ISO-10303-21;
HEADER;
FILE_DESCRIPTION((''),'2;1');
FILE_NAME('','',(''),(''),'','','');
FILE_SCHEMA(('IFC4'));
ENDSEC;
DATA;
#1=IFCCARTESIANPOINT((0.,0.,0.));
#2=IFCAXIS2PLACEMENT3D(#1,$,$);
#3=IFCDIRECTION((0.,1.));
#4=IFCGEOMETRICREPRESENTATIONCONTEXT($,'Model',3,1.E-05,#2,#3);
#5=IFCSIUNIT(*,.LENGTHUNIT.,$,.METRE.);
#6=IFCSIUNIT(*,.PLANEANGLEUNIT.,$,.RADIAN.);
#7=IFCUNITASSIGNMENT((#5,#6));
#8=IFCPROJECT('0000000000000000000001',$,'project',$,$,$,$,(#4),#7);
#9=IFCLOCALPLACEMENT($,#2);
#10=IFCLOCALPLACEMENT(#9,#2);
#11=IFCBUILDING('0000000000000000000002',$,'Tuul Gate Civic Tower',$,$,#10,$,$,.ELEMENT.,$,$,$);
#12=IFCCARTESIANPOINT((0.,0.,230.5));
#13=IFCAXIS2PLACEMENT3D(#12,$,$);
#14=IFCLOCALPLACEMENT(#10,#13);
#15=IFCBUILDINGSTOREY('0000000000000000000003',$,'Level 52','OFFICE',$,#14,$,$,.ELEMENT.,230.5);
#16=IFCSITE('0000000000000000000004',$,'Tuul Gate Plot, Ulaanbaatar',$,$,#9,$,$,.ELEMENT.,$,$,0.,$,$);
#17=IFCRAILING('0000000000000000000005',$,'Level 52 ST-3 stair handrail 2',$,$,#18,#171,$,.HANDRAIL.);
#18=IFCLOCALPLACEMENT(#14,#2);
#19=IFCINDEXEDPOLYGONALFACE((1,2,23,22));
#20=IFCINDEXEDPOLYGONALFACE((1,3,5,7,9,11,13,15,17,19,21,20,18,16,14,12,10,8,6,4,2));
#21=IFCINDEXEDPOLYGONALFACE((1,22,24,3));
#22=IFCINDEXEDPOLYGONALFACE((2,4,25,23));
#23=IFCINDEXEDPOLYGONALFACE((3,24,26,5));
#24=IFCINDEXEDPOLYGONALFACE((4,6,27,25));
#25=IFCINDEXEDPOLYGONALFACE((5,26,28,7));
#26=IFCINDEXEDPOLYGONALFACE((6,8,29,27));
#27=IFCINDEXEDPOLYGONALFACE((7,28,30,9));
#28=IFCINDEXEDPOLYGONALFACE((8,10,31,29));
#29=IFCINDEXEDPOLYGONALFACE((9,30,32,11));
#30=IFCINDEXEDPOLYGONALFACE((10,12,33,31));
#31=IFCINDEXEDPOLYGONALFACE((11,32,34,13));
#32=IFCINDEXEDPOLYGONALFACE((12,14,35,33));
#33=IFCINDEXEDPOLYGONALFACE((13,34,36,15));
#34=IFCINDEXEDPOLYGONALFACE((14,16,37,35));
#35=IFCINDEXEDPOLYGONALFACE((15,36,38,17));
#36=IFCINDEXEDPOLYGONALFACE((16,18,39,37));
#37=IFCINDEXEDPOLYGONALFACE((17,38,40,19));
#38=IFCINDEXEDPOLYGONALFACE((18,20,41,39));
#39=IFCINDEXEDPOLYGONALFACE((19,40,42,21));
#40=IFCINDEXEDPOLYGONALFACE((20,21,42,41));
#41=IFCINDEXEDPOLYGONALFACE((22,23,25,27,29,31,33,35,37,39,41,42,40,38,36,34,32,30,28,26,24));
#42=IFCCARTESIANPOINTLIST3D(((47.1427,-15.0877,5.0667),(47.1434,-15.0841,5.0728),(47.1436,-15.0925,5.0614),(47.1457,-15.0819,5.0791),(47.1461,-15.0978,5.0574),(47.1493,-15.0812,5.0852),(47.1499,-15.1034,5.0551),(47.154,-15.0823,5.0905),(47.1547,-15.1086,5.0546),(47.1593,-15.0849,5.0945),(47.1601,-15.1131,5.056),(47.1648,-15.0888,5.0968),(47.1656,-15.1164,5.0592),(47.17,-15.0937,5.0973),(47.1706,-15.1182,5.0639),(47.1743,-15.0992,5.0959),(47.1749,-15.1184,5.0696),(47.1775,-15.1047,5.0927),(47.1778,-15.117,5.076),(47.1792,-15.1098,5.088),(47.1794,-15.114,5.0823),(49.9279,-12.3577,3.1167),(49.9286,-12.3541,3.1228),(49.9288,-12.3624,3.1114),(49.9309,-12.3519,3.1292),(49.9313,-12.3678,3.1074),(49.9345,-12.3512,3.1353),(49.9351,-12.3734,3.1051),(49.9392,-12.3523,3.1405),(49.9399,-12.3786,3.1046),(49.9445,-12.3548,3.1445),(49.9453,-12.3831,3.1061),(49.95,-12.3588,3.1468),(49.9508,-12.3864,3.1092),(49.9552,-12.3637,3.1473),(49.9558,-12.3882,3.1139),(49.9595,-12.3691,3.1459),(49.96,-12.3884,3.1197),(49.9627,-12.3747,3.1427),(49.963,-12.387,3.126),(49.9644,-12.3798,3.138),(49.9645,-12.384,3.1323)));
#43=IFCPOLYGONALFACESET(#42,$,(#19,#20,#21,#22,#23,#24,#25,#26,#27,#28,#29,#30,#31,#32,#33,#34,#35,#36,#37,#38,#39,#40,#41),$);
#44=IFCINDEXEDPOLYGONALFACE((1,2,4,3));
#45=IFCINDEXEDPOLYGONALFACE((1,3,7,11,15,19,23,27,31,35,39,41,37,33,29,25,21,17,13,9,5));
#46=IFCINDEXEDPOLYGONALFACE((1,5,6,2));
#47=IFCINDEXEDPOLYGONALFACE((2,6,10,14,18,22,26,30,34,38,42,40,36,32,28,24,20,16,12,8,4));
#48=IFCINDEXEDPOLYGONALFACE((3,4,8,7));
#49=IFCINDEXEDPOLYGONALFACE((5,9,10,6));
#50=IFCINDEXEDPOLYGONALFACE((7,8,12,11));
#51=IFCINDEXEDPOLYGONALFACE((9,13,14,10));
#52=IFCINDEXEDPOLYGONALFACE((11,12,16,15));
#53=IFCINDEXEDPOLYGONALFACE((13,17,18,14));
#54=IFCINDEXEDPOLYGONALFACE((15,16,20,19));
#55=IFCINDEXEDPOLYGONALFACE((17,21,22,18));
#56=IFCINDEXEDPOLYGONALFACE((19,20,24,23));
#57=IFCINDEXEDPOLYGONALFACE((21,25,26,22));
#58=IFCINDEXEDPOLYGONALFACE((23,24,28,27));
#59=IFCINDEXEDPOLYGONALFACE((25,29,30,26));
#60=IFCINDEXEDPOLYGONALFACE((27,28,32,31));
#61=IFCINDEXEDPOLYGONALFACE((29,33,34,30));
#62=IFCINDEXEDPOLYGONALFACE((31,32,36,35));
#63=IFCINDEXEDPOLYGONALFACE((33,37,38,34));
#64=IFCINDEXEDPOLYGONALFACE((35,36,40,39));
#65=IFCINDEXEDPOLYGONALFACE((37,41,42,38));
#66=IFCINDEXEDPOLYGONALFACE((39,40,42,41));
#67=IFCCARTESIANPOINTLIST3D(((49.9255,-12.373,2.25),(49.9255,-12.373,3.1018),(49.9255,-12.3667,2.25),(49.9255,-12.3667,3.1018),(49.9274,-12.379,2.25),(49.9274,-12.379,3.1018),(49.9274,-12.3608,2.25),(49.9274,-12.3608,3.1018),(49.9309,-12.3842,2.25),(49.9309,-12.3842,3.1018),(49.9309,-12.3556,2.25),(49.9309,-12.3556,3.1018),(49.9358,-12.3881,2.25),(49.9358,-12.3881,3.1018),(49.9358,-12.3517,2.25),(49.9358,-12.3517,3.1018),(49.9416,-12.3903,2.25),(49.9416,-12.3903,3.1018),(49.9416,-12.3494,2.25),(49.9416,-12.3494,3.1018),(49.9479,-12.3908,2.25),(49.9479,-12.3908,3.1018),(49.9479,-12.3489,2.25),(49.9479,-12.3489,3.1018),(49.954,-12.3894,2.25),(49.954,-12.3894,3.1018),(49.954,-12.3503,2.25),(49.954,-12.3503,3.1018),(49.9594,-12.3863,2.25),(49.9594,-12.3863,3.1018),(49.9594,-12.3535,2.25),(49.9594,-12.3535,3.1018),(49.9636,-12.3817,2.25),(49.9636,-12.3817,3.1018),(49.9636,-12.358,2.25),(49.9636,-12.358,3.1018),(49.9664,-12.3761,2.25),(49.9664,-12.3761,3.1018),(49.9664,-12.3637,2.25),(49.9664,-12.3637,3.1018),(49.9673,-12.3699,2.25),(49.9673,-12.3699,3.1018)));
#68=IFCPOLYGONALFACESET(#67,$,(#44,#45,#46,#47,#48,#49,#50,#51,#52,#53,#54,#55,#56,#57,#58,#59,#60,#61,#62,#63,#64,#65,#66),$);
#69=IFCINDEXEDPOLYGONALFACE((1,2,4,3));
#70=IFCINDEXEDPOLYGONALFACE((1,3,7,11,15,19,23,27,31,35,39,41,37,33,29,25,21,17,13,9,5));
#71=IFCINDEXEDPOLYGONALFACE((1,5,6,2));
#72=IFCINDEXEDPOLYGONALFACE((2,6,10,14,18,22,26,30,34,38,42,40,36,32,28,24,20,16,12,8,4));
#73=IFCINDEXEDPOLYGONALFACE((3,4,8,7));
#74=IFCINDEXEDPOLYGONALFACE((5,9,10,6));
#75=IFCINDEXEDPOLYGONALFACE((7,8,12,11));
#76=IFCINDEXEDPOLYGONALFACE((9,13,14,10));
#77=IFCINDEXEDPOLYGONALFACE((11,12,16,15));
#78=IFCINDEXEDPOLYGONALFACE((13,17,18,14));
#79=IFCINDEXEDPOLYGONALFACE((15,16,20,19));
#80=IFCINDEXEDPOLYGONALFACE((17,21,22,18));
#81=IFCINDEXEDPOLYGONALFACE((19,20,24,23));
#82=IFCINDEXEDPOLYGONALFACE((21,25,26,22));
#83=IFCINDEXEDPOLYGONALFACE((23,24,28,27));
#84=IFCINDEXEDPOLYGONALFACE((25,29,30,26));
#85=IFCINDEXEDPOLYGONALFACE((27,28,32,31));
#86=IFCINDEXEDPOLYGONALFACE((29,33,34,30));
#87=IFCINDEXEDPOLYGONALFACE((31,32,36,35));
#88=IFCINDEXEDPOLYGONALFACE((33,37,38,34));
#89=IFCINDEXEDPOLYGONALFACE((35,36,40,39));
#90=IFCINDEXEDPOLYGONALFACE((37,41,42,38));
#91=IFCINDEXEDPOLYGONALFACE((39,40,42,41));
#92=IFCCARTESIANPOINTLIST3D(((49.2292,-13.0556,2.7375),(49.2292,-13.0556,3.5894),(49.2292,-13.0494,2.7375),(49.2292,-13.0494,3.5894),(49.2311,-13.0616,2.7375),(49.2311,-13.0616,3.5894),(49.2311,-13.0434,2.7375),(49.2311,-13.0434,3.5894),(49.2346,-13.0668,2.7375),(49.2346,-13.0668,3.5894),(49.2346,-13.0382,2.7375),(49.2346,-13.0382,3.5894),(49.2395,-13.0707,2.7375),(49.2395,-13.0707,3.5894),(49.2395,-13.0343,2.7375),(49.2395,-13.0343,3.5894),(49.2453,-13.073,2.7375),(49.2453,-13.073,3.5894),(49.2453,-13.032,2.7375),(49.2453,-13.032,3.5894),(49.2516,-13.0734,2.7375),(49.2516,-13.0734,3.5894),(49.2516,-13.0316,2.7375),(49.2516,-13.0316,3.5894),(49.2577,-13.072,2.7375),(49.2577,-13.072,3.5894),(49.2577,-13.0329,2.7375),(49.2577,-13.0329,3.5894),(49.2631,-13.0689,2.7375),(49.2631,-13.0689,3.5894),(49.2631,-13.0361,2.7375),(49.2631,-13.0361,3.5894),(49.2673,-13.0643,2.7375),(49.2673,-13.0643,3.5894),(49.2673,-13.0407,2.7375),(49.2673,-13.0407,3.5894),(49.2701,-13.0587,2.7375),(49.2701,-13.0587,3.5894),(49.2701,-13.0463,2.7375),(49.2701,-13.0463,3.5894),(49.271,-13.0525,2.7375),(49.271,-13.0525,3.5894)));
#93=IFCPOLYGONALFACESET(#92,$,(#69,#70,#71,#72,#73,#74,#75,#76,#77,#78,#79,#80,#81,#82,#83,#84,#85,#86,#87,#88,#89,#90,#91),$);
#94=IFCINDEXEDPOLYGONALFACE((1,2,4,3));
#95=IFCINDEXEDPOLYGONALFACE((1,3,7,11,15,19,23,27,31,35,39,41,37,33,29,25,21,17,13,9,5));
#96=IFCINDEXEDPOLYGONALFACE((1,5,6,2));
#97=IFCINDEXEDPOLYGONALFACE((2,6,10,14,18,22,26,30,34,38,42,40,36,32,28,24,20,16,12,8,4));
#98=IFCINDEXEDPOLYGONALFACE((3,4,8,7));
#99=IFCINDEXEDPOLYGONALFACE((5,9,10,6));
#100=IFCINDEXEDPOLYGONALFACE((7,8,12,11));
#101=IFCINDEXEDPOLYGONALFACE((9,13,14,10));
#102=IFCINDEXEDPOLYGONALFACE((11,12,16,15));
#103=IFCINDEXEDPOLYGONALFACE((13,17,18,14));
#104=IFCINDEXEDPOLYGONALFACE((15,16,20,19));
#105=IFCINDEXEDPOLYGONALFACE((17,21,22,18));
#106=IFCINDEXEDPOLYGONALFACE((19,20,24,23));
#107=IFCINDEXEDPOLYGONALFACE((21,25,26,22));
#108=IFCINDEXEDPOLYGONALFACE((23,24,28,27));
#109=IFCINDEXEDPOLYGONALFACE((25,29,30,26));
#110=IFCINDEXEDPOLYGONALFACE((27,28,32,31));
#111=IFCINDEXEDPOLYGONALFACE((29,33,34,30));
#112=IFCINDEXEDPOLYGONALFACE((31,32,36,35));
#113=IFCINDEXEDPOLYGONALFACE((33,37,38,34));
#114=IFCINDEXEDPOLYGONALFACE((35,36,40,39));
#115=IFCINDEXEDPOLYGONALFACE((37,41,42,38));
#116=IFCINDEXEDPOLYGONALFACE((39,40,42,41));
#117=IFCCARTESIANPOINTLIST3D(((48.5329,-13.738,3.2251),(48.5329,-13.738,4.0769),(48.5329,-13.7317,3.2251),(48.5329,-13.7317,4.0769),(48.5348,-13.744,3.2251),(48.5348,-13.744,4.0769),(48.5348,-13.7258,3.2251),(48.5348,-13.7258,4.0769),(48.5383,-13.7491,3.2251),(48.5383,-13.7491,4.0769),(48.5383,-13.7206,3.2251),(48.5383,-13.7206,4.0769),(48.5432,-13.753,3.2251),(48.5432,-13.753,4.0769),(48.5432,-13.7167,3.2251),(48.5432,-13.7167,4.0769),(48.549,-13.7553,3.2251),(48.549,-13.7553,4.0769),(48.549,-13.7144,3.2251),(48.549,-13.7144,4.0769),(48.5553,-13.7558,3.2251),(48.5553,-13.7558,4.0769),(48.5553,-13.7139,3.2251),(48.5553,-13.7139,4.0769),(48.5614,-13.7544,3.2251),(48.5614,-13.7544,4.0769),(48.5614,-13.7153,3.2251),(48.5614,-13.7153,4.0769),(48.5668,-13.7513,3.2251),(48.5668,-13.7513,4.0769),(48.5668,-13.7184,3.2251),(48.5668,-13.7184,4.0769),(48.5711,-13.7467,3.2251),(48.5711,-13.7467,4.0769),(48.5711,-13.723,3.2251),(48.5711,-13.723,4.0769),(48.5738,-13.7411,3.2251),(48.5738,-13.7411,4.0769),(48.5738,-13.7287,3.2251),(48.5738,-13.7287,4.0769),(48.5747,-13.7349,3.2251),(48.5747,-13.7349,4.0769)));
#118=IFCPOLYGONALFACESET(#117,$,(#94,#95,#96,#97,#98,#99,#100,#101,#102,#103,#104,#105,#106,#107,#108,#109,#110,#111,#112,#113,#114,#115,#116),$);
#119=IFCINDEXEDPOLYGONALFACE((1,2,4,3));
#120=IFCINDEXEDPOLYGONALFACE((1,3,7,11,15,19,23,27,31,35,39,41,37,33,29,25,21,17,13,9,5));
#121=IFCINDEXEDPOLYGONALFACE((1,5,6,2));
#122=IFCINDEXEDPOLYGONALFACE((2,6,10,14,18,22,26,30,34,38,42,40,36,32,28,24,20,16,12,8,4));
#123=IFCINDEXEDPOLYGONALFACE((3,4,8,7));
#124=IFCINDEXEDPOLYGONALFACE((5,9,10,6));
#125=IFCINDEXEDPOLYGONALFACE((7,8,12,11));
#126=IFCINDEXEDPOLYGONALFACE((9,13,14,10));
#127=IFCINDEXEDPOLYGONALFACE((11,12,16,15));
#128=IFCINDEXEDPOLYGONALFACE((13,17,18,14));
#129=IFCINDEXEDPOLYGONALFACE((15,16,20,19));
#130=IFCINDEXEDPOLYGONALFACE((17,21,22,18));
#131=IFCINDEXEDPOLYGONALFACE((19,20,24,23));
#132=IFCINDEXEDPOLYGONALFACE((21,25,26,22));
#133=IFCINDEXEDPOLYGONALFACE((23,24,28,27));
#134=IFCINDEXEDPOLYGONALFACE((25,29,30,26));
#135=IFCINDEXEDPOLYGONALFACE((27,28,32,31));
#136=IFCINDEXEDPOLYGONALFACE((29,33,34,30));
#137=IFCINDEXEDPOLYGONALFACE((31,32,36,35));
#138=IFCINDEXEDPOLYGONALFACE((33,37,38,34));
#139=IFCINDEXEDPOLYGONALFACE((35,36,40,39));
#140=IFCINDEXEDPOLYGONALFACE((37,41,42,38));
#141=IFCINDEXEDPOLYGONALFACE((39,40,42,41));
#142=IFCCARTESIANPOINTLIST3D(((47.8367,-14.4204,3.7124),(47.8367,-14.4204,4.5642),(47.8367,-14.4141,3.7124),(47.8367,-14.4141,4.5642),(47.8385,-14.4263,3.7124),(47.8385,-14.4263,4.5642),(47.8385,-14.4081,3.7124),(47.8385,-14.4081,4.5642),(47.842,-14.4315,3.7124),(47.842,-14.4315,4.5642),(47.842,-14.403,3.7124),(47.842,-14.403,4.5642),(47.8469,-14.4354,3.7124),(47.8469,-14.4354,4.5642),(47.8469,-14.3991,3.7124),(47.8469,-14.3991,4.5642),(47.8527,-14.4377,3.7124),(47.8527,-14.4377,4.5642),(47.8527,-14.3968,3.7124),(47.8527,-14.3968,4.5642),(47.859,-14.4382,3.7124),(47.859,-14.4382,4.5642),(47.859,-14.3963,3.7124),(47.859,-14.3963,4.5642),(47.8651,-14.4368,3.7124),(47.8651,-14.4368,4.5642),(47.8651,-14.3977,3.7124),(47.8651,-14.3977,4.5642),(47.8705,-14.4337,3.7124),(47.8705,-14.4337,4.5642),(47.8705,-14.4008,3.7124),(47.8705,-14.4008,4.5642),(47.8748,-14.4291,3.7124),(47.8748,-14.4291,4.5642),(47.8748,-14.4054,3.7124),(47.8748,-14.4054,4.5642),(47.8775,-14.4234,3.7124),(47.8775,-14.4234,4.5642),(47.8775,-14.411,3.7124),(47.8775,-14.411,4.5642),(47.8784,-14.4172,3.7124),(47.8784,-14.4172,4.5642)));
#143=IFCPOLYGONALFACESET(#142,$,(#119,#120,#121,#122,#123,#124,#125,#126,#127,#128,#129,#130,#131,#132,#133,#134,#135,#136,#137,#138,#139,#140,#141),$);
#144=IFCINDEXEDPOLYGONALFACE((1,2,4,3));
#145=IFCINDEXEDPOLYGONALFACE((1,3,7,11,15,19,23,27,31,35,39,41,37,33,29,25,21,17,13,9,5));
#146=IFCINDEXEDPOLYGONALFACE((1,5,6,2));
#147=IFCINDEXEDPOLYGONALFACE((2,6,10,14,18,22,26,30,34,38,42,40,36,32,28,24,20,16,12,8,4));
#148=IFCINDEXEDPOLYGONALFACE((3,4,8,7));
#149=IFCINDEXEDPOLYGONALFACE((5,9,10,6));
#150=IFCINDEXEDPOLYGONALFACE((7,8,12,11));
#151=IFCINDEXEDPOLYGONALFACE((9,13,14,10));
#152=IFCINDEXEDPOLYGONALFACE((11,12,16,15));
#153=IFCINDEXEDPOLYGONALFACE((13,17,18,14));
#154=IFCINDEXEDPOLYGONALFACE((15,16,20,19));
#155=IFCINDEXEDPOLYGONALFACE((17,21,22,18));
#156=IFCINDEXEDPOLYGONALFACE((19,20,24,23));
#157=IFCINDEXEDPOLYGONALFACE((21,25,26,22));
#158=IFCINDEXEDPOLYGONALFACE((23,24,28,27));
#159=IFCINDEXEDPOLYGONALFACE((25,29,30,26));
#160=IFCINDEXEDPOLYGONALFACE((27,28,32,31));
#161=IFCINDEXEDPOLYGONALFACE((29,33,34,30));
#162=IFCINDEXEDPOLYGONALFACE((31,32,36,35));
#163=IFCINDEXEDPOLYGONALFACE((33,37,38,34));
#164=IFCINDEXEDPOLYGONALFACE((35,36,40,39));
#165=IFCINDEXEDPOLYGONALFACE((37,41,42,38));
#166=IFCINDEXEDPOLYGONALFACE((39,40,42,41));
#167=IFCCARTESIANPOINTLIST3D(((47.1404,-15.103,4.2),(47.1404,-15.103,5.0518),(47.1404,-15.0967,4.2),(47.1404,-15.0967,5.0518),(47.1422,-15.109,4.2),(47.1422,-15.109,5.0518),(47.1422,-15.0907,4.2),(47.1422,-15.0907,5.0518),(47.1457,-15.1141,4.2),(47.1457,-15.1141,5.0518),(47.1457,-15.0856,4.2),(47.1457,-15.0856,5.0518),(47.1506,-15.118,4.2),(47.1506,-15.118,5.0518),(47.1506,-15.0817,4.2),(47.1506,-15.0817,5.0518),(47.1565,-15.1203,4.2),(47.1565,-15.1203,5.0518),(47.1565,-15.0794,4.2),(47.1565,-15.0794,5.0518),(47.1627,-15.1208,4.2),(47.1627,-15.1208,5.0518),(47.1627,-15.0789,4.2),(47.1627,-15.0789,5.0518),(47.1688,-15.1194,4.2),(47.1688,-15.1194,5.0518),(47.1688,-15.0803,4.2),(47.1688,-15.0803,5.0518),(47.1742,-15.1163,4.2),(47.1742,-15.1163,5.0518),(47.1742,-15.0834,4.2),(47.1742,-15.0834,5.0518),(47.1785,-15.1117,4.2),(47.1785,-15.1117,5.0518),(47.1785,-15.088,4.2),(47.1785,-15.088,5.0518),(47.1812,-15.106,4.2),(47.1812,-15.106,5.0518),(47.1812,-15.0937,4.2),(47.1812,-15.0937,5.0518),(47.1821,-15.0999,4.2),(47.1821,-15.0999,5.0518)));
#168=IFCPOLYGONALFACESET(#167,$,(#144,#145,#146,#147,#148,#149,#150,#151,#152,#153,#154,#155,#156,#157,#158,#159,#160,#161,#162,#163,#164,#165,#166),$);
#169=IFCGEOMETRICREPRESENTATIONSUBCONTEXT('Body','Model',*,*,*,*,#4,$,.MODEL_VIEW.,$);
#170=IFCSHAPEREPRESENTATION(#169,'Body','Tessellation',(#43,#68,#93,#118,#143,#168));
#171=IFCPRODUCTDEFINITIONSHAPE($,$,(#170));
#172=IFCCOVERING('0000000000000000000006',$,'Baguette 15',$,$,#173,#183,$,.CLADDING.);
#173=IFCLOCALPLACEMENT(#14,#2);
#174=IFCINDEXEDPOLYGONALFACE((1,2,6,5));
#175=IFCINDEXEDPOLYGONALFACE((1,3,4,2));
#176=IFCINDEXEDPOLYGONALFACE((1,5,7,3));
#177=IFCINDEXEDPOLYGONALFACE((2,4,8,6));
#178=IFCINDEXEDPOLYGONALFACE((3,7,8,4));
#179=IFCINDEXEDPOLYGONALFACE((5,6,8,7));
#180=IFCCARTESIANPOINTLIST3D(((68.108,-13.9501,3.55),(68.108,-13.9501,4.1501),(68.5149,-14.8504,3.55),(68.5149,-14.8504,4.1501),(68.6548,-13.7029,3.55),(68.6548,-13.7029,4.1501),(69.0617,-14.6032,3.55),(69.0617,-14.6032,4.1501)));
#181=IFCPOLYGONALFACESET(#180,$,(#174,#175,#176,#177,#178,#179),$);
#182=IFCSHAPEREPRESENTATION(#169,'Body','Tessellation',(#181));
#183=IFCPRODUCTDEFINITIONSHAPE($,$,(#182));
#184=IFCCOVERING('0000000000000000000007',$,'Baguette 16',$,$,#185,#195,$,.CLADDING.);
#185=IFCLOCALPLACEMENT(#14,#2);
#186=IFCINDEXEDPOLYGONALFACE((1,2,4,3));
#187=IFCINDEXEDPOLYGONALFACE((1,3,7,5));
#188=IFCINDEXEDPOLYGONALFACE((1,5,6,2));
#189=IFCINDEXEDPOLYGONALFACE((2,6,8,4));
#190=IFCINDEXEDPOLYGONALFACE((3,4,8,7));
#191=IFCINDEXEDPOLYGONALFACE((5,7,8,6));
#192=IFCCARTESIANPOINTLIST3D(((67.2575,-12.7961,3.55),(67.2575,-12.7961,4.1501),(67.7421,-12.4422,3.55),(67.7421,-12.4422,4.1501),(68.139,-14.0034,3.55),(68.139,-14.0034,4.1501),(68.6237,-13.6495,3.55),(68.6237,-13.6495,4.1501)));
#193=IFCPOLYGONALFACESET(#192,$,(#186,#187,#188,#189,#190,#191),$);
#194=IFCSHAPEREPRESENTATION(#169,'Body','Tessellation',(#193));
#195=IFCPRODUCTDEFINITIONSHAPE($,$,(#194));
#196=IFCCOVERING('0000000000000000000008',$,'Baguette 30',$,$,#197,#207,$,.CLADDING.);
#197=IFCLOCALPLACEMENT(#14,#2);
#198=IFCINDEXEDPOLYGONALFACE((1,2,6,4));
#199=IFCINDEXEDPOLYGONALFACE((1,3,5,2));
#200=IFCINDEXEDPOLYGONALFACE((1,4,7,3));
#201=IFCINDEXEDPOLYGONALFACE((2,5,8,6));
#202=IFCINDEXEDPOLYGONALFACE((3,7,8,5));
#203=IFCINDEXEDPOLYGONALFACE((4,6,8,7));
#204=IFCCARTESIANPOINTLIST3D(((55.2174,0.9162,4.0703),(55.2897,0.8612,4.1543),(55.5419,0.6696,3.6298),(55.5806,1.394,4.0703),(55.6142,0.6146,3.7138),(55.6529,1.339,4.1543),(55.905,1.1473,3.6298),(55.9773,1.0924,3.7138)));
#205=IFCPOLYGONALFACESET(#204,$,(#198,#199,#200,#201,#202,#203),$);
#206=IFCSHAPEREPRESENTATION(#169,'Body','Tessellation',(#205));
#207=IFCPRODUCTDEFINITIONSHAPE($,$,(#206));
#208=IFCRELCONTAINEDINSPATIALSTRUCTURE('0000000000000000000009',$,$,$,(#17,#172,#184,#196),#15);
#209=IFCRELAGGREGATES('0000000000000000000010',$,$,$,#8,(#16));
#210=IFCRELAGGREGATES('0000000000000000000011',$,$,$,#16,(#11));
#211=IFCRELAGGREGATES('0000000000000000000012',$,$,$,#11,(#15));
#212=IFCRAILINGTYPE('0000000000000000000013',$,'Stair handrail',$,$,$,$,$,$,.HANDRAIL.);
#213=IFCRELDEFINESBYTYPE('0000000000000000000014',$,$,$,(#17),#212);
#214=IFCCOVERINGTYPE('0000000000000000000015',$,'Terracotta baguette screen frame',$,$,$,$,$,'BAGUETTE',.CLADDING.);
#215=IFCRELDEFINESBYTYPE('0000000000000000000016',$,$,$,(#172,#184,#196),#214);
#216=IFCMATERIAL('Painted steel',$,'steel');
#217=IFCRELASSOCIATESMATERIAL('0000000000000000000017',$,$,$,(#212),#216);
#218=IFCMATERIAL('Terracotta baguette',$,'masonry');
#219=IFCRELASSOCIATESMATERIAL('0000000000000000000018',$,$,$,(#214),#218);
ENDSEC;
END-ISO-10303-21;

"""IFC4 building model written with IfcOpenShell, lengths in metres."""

from ifc_helpers import new_model, si_unit, direction, frame, origin, origin_2d, place, context, subcontext, project, spatial, rectangle, circle, extrude, material, material_profile, profile_set, type_object, element, save


model = new_model("IFC4")

# Units and contexts
model_context = context("Model", 3, precision=1e-05, world=origin(), true_north=direction((0.0, 1.0)))
body_context = subcontext(model_context, "Body", "Model", "MODEL_VIEW")
ifc_project = project(units=[si_unit("LENGTHUNIT", "METRE"), si_unit("PLANEANGLEUNIT", "RADIAN")], contexts=[model_context])

# Site, building, storey
site_placement = place(None, origin())
site = spatial("IfcSite", under=ifc_project, at=site_placement, Name="Tuul Gate Plot, Ulaanbaatar", CompositionType="ELEMENT", RefElevation=0.0)
building_placement = place(site_placement, origin())
building = spatial("IfcBuilding", under=site, at=building_placement, Name="Tuul Gate Civic Tower", CompositionType="ELEMENT")
storey_placement = place(building_placement, frame((0.0, 0.0, 230.5)))
storey = spatial("IfcBuildingStorey", under=building, at=storey_placement, Name="Level 52", Description="OFFICE", CompositionType="ELEMENT", Elevation=230.5)

# Railing
ifc_material_1 = material(Name="Painted steel", Category="steel")
railing_type = type_object("IfcRailingType", Name="Stair handrail", PredefinedType="HANDRAIL", material=ifc_material_1)
railing_placement = place(storey_placement, frame((49.9463, -12.3699, 2.25)))
element("IfcRailing", 1, at=railing_placement, inside=storey, type_object=railing_type, Name="Level 52 ST-3 stair handrail 2", PredefinedType="HANDRAIL", context=body_context, shape_type="SweptSolid", body=[
    extrude(circle(Radius=0.0239, at=origin_2d()), frame((0.0, 0.0, 0.876), z_axis=(-0.638754, -0.6261, 0.447206), x_axis=(0.699998, -0.714145, 0.0)), (0.0, 0.0, 1.0), 4.3604),
    extrude(circle(Radius=0.021, at=origin_2d()), origin(), (0.0, 0.0, 1.0), 0.8518),
    extrude(circle(Radius=0.021, at=origin_2d()), frame((-0.6963, -0.6826, 0.4875)), (0.0, 0.0, 1.0), 0.8518),
    extrude(circle(Radius=0.021, at=origin_2d()), frame((-1.3926, -1.365, 0.9751)), (0.0, 0.0, 1.0), 0.8518),
    extrude(circle(Radius=0.021, at=origin_2d()), frame((-2.0889, -2.0474, 1.4624)), (0.0, 0.0, 1.0), 0.8518),
    extrude(circle(Radius=0.021, at=origin_2d()), frame((-2.7852, -2.73, 1.95)), (0.0, 0.0, 1.0), 0.8518),
])

# Coverings
ifc_material_2 = material(Name="Terracotta baguette", Category="masonry")
ifc_material_profile_1 = material_profile(ifc_material_2, rectangle(XDim=0.6001, YDim=0.6001, at=origin_2d()), Name="Terracotta baguette screen frame")
ifc_profile_set_1 = profile_set([ifc_material_profile_1], Name="Terracotta baguette")
covering_type = type_object("IfcCoveringType", Name="Terracotta baguette screen frame", ElementType="BAGUETTE", PredefinedType="CLADDING", material=ifc_profile_set_1)
covering_1_placement = place(storey_placement, frame((68.7883, -14.7268, 3.8501), z_axis=(-0.411885, 0.911236, 0.0), x_axis=(-0.911236, -0.411885, 0.0)))
element("IfcCovering", 2, at=covering_1_placement, inside=storey, type_object=covering_type, Name="Baguette 15", PredefinedType="CLADDING", context=body_context, shape_type="SweptSolid", body=[
    extrude(rectangle(XDim=0.6001, YDim=0.6001, at=origin_2d()), origin(), (0.0, 0.0, 1.0), 0.988),
])
covering_2_placement = place(storey_placement, frame((68.3813, -13.8264, 3.8501), z_axis=(-0.589734, 0.807598, 0.0), x_axis=(-0.807598, -0.589734, 0.0)))
element("IfcCovering", 3, at=covering_2_placement, inside=storey, type_object=covering_type, Name="Baguette 16", PredefinedType="CLADDING", context=body_context, shape_type="SweptSolid", body=[
    extrude(rectangle(XDim=0.6001, YDim=0.6001, at=origin_2d()), origin(), (0.0, 0.0, 1.0), 1.4949),
])
covering_3_placement = place(storey_placement, frame((55.6335, 0.9768, 3.9341), z_axis=(-0.584363, 0.444195, -0.679125), x_axis=(-0.605151, -0.79611, 0.0)))
element("IfcCovering", 4, at=covering_3_placement, inside=storey, type_object=covering_type, Name="Baguette 30", PredefinedType="CLADDING", context=body_context, shape_type="SweptSolid", body=[
    extrude(rectangle(XDim=0.6001, YDim=0.6001, at=origin_2d()), origin(), (0.0, 0.0, 1.0), 0.1238),
])

save(model, "model.ifc")
